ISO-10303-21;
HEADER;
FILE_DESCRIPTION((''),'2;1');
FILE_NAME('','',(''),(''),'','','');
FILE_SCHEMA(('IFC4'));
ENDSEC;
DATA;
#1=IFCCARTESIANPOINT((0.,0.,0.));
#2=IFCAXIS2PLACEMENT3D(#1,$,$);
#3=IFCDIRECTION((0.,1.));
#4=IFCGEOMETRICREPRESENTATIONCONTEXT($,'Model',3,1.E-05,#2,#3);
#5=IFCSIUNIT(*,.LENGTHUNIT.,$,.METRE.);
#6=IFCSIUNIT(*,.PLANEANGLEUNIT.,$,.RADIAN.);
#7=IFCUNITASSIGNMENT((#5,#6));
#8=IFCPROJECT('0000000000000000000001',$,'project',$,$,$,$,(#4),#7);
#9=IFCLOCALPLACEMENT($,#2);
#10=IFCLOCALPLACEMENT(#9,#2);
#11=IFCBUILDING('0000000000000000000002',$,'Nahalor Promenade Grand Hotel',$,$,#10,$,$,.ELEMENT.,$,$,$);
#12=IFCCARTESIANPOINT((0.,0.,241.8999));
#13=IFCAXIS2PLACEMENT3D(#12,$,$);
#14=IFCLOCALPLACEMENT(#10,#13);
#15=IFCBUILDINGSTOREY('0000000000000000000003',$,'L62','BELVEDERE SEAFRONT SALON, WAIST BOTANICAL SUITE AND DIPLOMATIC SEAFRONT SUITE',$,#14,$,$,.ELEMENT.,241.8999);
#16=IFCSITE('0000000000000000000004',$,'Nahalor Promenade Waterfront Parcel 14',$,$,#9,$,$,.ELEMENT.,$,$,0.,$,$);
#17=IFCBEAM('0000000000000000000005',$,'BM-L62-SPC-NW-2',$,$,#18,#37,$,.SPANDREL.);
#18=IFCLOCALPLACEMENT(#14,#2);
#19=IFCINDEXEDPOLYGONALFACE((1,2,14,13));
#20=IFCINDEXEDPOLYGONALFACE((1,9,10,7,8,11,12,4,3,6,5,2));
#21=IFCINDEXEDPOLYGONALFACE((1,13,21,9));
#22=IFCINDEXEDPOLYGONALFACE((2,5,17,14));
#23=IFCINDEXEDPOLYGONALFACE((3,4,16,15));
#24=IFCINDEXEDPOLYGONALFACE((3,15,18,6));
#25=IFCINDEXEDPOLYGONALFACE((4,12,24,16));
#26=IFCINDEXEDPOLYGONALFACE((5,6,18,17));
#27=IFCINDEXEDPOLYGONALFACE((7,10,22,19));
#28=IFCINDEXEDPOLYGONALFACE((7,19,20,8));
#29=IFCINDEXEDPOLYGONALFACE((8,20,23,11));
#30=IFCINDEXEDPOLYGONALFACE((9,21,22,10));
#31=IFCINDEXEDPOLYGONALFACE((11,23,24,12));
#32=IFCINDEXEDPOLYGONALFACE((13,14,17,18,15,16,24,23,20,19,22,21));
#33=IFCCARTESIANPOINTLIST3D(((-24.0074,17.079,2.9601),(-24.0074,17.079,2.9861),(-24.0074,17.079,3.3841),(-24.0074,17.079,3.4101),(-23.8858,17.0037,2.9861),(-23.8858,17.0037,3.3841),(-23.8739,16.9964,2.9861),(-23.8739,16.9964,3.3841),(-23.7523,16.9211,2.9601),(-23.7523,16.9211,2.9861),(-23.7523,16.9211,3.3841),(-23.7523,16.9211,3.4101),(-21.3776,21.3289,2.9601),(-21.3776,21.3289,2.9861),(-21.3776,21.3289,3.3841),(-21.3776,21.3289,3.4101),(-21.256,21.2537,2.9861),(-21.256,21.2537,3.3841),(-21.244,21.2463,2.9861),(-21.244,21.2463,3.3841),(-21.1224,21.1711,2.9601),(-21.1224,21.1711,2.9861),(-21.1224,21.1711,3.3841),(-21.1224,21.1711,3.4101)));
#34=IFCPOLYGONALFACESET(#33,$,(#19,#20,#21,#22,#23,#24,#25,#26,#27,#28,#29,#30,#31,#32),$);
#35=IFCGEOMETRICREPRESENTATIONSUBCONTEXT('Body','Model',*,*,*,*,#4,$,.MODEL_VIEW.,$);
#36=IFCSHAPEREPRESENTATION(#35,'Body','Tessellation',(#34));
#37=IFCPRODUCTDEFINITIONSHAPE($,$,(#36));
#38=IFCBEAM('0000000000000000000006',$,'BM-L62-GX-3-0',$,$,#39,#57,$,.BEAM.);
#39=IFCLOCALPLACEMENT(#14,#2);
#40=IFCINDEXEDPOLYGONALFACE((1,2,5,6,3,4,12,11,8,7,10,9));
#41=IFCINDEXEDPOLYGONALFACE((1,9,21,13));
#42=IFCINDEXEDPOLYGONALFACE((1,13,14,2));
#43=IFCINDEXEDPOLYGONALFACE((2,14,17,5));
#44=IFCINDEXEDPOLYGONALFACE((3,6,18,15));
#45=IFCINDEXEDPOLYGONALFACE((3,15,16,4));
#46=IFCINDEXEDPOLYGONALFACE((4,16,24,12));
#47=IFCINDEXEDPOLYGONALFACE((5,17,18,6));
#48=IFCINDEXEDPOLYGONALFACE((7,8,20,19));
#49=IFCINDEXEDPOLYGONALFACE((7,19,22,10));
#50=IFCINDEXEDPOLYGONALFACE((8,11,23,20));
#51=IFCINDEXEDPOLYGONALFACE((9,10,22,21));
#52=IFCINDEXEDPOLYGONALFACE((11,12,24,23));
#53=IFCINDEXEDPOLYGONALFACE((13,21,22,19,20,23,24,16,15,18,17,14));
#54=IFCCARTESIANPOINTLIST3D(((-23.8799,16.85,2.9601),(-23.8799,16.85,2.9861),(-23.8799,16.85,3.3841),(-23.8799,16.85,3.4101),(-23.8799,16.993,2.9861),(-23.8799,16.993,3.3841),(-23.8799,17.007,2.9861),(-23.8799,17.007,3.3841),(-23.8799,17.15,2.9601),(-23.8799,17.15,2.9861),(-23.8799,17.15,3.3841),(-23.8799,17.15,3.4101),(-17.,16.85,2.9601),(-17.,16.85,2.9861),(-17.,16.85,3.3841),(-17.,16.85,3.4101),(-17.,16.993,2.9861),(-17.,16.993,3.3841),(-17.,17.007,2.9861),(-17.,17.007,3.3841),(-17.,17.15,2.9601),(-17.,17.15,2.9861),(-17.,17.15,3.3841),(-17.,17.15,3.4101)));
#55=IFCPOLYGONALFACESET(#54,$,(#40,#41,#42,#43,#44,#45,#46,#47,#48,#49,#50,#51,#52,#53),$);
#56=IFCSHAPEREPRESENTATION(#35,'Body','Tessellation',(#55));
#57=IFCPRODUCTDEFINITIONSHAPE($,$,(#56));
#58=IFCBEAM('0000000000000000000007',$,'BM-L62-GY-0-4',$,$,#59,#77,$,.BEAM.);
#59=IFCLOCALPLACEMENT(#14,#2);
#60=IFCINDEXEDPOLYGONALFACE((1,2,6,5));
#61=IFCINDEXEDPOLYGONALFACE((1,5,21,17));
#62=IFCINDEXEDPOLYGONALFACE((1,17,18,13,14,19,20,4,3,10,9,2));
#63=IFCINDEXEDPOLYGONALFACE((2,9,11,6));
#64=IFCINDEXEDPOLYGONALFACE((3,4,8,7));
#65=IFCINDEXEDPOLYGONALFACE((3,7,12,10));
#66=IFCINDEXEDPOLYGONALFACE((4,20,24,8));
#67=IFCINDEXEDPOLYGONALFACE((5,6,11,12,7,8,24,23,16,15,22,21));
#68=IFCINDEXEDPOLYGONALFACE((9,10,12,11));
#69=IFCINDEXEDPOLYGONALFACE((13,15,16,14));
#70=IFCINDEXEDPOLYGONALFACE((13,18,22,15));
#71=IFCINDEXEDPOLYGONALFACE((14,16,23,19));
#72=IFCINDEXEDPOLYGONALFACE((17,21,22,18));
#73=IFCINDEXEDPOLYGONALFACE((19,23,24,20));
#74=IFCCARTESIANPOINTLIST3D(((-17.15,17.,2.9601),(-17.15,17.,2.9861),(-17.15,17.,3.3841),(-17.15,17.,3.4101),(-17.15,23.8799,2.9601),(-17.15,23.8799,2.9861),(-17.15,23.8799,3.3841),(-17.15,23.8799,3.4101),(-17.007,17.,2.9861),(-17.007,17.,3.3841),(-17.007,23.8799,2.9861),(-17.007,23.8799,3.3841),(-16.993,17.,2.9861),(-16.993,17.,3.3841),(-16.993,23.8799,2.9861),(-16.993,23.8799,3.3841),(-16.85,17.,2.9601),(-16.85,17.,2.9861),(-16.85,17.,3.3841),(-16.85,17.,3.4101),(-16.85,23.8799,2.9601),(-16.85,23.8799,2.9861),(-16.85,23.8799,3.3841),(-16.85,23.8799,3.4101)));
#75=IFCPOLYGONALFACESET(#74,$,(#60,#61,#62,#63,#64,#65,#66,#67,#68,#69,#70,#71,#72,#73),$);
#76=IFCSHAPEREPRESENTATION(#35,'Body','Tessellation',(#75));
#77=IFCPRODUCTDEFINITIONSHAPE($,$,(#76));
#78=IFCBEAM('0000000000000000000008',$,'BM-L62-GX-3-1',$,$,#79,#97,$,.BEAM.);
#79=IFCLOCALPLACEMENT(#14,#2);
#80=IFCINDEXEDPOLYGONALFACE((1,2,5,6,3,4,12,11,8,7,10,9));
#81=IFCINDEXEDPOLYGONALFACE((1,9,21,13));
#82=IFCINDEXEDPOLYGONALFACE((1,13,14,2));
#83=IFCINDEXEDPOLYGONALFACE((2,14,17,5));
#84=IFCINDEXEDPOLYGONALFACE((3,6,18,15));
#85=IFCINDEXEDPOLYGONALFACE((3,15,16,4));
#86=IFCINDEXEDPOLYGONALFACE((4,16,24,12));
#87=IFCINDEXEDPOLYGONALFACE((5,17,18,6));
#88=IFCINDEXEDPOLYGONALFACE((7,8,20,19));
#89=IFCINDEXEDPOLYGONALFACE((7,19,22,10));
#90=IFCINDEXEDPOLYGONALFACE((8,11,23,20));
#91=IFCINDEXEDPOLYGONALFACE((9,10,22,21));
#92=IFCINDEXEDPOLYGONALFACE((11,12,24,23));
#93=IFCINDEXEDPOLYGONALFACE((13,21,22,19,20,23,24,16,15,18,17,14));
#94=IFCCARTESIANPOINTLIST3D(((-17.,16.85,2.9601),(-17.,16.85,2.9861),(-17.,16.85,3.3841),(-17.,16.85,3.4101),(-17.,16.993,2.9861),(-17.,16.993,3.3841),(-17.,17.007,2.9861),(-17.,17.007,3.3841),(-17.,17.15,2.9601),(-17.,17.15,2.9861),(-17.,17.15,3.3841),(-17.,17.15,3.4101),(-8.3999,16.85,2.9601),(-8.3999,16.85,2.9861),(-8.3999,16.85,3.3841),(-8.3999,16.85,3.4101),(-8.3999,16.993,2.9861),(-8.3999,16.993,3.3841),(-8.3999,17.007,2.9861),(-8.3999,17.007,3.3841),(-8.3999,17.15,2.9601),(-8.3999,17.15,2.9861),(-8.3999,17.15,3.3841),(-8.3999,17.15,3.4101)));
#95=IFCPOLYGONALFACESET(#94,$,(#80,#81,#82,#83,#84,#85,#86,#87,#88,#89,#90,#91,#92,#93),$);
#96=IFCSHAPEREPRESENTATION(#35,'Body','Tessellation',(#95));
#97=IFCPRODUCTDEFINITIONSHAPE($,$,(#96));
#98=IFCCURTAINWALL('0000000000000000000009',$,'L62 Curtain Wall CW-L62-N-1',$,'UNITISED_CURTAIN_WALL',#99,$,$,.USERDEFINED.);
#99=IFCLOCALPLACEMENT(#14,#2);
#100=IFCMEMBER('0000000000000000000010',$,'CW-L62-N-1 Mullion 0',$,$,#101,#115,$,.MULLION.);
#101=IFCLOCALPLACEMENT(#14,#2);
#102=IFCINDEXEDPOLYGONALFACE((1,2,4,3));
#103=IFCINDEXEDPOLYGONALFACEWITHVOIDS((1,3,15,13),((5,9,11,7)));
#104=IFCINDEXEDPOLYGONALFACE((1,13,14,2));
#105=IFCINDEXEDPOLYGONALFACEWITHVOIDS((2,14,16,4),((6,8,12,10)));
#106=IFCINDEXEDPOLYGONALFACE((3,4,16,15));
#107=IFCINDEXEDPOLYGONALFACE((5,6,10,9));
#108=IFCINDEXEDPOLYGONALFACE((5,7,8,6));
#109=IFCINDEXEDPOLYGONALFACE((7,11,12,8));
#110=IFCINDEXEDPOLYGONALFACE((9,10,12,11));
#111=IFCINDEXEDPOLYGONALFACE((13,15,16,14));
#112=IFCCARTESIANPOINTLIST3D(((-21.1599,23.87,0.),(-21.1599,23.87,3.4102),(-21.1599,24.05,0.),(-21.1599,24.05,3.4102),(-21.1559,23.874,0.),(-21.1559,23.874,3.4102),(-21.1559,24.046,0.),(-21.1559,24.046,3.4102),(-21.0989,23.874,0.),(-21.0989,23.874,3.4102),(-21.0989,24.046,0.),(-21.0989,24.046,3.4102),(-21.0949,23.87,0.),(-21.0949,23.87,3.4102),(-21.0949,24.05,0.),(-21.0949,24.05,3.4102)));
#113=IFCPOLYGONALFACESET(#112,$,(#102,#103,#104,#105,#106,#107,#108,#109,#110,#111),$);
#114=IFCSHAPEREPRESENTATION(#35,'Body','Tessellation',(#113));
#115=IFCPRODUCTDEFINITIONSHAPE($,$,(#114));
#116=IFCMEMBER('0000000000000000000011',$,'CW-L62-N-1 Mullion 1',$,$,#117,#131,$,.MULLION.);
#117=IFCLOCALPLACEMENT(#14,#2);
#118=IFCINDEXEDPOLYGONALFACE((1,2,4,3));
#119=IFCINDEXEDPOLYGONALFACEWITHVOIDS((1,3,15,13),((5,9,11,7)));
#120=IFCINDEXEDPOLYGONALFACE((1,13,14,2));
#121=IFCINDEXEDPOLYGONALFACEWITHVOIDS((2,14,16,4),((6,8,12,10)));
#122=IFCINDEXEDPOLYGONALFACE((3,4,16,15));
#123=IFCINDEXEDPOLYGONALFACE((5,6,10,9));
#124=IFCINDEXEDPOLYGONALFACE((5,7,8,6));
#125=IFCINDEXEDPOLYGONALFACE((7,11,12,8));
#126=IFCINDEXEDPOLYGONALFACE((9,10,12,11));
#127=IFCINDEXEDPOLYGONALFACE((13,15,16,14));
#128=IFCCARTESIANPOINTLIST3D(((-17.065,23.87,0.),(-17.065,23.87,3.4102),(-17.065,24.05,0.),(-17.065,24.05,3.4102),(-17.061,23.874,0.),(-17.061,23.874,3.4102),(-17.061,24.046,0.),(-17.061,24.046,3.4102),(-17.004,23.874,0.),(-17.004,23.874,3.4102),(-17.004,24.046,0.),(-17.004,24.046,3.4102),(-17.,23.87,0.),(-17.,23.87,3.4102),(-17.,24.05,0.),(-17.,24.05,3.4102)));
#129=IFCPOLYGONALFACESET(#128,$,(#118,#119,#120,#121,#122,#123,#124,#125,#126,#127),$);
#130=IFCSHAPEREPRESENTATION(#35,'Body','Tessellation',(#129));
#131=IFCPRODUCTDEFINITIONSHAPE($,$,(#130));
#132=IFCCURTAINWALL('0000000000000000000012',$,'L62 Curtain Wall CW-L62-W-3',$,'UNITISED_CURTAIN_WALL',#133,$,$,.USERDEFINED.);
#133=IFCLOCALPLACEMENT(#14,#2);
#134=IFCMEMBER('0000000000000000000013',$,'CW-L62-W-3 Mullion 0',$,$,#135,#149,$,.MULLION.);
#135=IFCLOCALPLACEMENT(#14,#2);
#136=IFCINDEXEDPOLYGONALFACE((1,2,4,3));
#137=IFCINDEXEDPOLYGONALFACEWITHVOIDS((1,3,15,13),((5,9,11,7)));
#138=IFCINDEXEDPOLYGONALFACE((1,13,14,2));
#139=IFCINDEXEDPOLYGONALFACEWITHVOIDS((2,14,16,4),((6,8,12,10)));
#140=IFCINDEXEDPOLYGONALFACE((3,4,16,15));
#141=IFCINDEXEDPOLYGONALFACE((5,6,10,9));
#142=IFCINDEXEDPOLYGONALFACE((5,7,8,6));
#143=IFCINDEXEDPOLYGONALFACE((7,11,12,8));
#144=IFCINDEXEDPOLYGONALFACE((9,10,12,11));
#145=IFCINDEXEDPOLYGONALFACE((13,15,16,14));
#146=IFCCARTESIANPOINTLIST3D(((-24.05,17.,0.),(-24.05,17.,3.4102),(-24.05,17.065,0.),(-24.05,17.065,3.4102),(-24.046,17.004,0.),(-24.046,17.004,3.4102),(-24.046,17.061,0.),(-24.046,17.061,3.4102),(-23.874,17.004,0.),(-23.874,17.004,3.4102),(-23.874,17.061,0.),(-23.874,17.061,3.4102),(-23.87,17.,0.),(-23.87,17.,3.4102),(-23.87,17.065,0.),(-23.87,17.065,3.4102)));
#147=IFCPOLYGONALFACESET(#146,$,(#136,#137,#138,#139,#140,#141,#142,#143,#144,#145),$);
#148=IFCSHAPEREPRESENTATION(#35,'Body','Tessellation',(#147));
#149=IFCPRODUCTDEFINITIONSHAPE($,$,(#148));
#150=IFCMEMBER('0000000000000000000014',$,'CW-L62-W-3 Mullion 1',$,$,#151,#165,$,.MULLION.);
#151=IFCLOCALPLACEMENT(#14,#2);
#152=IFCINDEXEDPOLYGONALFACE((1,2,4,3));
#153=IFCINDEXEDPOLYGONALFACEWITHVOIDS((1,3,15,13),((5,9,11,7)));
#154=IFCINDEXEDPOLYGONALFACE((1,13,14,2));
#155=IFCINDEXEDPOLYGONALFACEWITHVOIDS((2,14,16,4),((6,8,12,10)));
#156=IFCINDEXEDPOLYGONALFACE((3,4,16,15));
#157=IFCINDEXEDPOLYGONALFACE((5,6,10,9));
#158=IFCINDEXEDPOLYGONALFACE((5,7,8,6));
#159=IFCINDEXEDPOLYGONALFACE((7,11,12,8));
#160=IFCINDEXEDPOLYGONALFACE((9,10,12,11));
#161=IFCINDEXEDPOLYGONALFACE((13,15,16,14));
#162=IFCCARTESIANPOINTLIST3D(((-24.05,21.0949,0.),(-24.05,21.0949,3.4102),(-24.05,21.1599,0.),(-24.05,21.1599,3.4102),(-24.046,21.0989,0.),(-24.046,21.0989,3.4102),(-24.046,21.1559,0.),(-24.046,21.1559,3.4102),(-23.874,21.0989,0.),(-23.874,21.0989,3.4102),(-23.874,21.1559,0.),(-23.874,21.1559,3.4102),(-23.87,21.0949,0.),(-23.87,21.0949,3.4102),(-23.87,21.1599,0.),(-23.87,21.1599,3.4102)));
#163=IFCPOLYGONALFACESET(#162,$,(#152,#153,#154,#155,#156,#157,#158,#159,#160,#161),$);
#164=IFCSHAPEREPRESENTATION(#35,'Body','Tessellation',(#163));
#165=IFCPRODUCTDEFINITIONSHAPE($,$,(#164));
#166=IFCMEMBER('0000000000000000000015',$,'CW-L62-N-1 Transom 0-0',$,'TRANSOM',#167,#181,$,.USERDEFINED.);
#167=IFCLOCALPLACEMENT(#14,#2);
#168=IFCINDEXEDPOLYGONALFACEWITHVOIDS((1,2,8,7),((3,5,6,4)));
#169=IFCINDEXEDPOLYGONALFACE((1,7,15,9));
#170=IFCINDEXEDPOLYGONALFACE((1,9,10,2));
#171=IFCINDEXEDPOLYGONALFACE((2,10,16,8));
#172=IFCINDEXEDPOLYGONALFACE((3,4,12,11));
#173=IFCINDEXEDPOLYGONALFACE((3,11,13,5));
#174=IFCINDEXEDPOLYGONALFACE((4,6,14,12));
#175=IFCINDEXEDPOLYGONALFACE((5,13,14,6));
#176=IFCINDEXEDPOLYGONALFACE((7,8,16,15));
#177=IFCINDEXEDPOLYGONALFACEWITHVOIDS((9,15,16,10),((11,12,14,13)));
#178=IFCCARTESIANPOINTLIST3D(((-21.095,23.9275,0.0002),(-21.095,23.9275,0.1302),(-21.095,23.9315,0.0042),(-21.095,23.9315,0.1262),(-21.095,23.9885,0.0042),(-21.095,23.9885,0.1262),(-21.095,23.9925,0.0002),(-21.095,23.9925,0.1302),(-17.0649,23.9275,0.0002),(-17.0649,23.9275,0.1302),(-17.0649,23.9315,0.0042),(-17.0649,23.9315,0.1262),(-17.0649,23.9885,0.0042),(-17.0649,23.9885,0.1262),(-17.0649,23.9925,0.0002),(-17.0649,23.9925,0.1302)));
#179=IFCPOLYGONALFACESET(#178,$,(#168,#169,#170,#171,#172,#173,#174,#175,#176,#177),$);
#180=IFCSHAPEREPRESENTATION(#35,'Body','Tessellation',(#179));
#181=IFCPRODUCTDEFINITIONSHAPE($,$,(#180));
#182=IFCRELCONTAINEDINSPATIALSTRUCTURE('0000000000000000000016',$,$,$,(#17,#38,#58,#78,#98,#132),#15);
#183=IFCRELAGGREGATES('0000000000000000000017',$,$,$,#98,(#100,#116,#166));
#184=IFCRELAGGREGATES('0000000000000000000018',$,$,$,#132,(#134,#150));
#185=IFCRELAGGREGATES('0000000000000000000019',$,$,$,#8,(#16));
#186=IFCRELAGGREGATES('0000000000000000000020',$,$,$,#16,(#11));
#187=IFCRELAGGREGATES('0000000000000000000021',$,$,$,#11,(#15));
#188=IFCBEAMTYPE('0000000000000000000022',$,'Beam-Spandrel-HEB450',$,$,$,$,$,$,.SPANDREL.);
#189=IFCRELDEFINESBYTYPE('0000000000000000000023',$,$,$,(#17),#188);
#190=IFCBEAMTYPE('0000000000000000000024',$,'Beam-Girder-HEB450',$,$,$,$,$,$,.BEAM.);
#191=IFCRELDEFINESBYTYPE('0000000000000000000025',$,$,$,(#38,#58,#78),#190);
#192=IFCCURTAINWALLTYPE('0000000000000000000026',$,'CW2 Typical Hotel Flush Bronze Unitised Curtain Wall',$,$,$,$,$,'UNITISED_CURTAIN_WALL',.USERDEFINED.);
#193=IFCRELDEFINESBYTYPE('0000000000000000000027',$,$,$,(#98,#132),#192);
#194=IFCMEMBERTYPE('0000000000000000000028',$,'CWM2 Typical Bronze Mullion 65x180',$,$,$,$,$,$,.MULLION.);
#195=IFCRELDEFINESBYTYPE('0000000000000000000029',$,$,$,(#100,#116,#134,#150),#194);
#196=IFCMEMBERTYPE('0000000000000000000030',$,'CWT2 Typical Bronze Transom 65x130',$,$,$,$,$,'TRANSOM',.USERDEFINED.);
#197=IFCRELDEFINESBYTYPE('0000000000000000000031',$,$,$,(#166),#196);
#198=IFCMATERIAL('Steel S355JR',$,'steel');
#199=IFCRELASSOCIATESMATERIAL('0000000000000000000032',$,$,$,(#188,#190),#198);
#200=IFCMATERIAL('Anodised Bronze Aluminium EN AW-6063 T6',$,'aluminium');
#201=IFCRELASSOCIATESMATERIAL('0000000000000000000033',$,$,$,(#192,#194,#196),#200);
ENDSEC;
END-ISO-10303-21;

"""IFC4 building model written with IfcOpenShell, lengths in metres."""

from ifc_helpers import new_model, si_unit, direction, frame, origin, origin_2d, place, context, subcontext, project, spatial, hollow_rectangle, i_section, extrude, source, transform, mapped, material, material_profile, profile_set, type_object, element, aggregate, save


model = new_model("IFC4")

# Units and contexts
model_context = context("Model", 3, precision=1e-05, world=origin(), true_north=direction((0.0, 1.0)))
body_context = subcontext(model_context, "Body", "Model", "MODEL_VIEW")
ifc_project = project(units=[si_unit("LENGTHUNIT", "METRE"), si_unit("PLANEANGLEUNIT", "RADIAN")], contexts=[model_context])

# Site, building, storey
site_placement = place(None, origin())
site = spatial("IfcSite", under=ifc_project, at=site_placement, Name="Nahalor Promenade Waterfront Parcel 14", CompositionType="ELEMENT", RefElevation=0.0)
building_placement = place(site_placement, origin())
building = spatial("IfcBuilding", under=site, at=building_placement, Name="Nahalor Promenade Grand Hotel", CompositionType="ELEMENT")
storey_placement = place(building_placement, frame((0.0, 0.0, 241.8999)))
storey = spatial("IfcBuildingStorey", under=building, at=storey_placement, Name="L62", Description="BELVEDERE SEAFRONT SALON, WAIST BOTANICAL SUITE AND DIPLOMATIC SEAFRONT SUITE", CompositionType="ELEMENT", Elevation=241.8999)

# Shared definitions
ifc_material_1 = material(Name="Steel S355JR", Category="steel")

# Beams
ifc_material_profile_1 = material_profile(ifc_material_1, i_section(OverallWidth=0.3, OverallDepth=0.45, WebThickness=0.014, FlangeThickness=0.026, at=origin_2d()), Name="HEB 450")
ifc_profile_set_1 = profile_set([ifc_material_profile_1], Name="Steel S355JR")
beam_type_1 = type_object("IfcBeamType", Name="Beam-Spandrel-HEB450", PredefinedType="SPANDREL", material=ifc_profile_set_1)
shared_shape_1 = source(origin(), body_context, "Body", "SweptSolid", [
    extrude(i_section(OverallWidth=0.3, OverallDepth=0.45, WebThickness=0.014, FlangeThickness=0.026, at=origin_2d()), origin(), (0.0, 0.0, 1.0), 4.9978),
])
for number, where, z_axis, x_axis, name in (
    (1, (-21.25, 21.25, 3.1851), (-0.5262, -0.850361, 0.0), (0.850361, -0.5262, 0.0), "BM-L62-SPC-NW-2"),
):
    element("IfcBeam", number, at=place(storey_placement, frame(where, z_axis=z_axis, x_axis=x_axis)), inside=storey, type_object=beam_type_1, Name=name, PredefinedType="SPANDREL", context=body_context, shape_type="MappedRepresentation", body=[
        mapped(shared_shape_1, transform((0.0, 0.0, 0.0), scale=1.0)),
    ])
ifc_material_profile_2 = material_profile(ifc_material_1, i_section(OverallWidth=0.3, OverallDepth=0.45, WebThickness=0.014, FlangeThickness=0.026, at=origin_2d()), Name="HEB 450")
ifc_profile_set_2 = profile_set([ifc_material_profile_2], Name="Steel S355JR")
beam_type_2 = type_object("IfcBeamType", Name="Beam-Girder-HEB450", PredefinedType="BEAM", material=ifc_profile_set_2)
shared_shape_2 = source(origin(), body_context, "Body", "SweptSolid", [
    extrude(i_section(OverallWidth=0.3, OverallDepth=0.45, WebThickness=0.014, FlangeThickness=0.026, at=origin_2d()), origin(), (0.0, 0.0, 1.0), 6.8799),
])
for number, where, z_axis, x_axis, name in (
    (2, (-23.8799, 17.0, 3.1851), (1.0, 0.0, 0.0), (0.0, 1.0, 0.0), "BM-L62-GX-3-0"),
    (3, (-17.0, 17.0, 3.1851), (0.0, 1.0, 0.0), (-1.0, 0.0, 0.0), "BM-L62-GY-0-4"),
):
    element("IfcBeam", number, at=place(storey_placement, frame(where, z_axis=z_axis, x_axis=x_axis)), inside=storey, type_object=beam_type_2, Name=name, PredefinedType="BEAM", context=body_context, shape_type="MappedRepresentation", body=[
        mapped(shared_shape_2, transform((0.0, 0.0, 0.0), scale=1.0)),
    ])
shared_shape_3 = source(origin(), body_context, "Body", "SweptSolid", [
    extrude(i_section(OverallWidth=0.3, OverallDepth=0.45, WebThickness=0.014, FlangeThickness=0.026, at=origin_2d()), origin(), (0.0, 0.0, 1.0), 8.6001),
])
beam_1_placement = place(storey_placement, frame((-17.0, 17.0, 3.1851), z_axis=(1.0, 0.0, 0.0), x_axis=(0.0, 1.0, 0.0)))
element("IfcBeam", 4, at=beam_1_placement, inside=storey, type_object=beam_type_2, Name="BM-L62-GX-3-1", PredefinedType="BEAM", context=body_context, shape_type="MappedRepresentation", body=[
    mapped(shared_shape_3, transform((0.0, 0.0, 0.0), scale=1.0)),
])

# Curtain walls, members
ifc_material_2 = material(Name="Anodised Bronze Aluminium EN AW-6063 T6", Category="aluminium")
curtain_wall_type = type_object("IfcCurtainWallType", Name="CW2 Typical Hotel Flush Bronze Unitised Curtain Wall", ElementType="UNITISED_CURTAIN_WALL", PredefinedType="USERDEFINED", material=ifc_material_2)
curtain_wall_1_placement = place(storey_placement, origin())
curtain_wall_1 = element("IfcCurtainWall", 5, at=curtain_wall_1_placement, inside=storey, type_object=curtain_wall_type, Name="L62 Curtain Wall CW-L62-N-1", ObjectType="UNITISED_CURTAIN_WALL", PredefinedType="USERDEFINED")
ifc_material_profile_3 = material_profile(ifc_material_2, hollow_rectangle(XDim=0.065, YDim=0.18, WallThickness=0.004, at=origin_2d()), Name="CWM 65x180x4")
ifc_profile_set_3 = profile_set([ifc_material_profile_3], Name="Anodised Bronze Aluminium EN AW-6063 T6")
member_type_1 = type_object("IfcMemberType", Name="CWM2 Typical Bronze Mullion 65x180", PredefinedType="MULLION", material=ifc_profile_set_3)
shared_shape_4 = source(origin(), body_context, "Body", "SweptSolid", [
    extrude(hollow_rectangle(XDim=0.065, YDim=0.18, WallThickness=0.004, at=origin_2d()), origin(), (0.0, 0.0, 1.0), 3.4102),
])
member_1_placement = place(storey_placement, frame((-21.1274, 23.96, 0.0), z_axis=(0.0, 0.0, 1.0), x_axis=(1.0, 0.0, 0.0)))
member_1 = element("IfcMember", 6, at=member_1_placement, type_object=member_type_1, Name="CW-L62-N-1 Mullion 0", PredefinedType="MULLION", context=body_context, shape_type="MappedRepresentation", body=[
    mapped(shared_shape_4, transform((0.0, 0.0, 0.0), scale=1.0)),
])
member_2_placement = place(storey_placement, frame((-17.0325, 23.96, 0.0), z_axis=(0.0, 0.0, 1.0), x_axis=(1.0, 0.0, 0.0)))
member_2 = element("IfcMember", 7, at=member_2_placement, type_object=member_type_1, Name="CW-L62-N-1 Mullion 1", PredefinedType="MULLION", context=body_context, shape_type="MappedRepresentation", body=[
    mapped(shared_shape_4, transform((0.0, 0.0, 0.0), scale=1.0)),
])
curtain_wall_2_placement = place(storey_placement, origin())
curtain_wall_2 = element("IfcCurtainWall", 8, at=curtain_wall_2_placement, inside=storey, type_object=curtain_wall_type, Name="L62 Curtain Wall CW-L62-W-3", ObjectType="UNITISED_CURTAIN_WALL", PredefinedType="USERDEFINED")
member_3_placement = place(storey_placement, frame((-23.96, 17.0325, 0.0), z_axis=(0.0, 0.0, 1.0), x_axis=(0.0, 1.0, 0.0)))
member_3 = element("IfcMember", 9, at=member_3_placement, type_object=member_type_1, Name="CW-L62-W-3 Mullion 0", PredefinedType="MULLION", context=body_context, shape_type="MappedRepresentation", body=[
    mapped(shared_shape_4, transform((0.0, 0.0, 0.0), scale=1.0)),
])
member_4_placement = place(storey_placement, frame((-23.96, 21.1274, 0.0), z_axis=(0.0, 0.0, 1.0), x_axis=(0.0, 1.0, 0.0)))
member_4 = element("IfcMember", 10, at=member_4_placement, type_object=member_type_1, Name="CW-L62-W-3 Mullion 1", PredefinedType="MULLION", context=body_context, shape_type="MappedRepresentation", body=[
    mapped(shared_shape_4, transform((0.0, 0.0, 0.0), scale=1.0)),
])

# Member
ifc_material_profile_4 = material_profile(ifc_material_2, hollow_rectangle(XDim=0.065, YDim=0.13, WallThickness=0.004, at=origin_2d()), Name="CWT 65x130x4")
ifc_profile_set_4 = profile_set([ifc_material_profile_4], Name="Anodised Bronze Aluminium EN AW-6063 T6")
member_type_2 = type_object("IfcMemberType", Name="CWT2 Typical Bronze Transom 65x130", ElementType="TRANSOM", PredefinedType="USERDEFINED", material=ifc_profile_set_4)
shared_shape_5 = source(origin(), body_context, "Body", "SweptSolid", [
    extrude(hollow_rectangle(XDim=0.065, YDim=0.13, WallThickness=0.004, at=origin_2d()), origin(), (0.0, 0.0, 1.0), 4.03),
])
member_5_placement = place(storey_placement, frame((-21.095, 23.96, 0.0652), z_axis=(1.0, 0.0, 0.0), x_axis=(0.0, 1.0, 0.0)))
member_5 = element("IfcMember", 11, at=member_5_placement, type_object=member_type_2, Name="CW-L62-N-1 Transom 0-0", ObjectType="TRANSOM", PredefinedType="USERDEFINED", context=body_context, shape_type="MappedRepresentation", body=[
    mapped(shared_shape_5, transform((0.0, 0.0, 0.0), scale=1.0)),
])

aggregate(curtain_wall_1, [member_1, member_2, member_5])
aggregate(curtain_wall_2, [member_3, member_4])

save(model, "model.ifc")
